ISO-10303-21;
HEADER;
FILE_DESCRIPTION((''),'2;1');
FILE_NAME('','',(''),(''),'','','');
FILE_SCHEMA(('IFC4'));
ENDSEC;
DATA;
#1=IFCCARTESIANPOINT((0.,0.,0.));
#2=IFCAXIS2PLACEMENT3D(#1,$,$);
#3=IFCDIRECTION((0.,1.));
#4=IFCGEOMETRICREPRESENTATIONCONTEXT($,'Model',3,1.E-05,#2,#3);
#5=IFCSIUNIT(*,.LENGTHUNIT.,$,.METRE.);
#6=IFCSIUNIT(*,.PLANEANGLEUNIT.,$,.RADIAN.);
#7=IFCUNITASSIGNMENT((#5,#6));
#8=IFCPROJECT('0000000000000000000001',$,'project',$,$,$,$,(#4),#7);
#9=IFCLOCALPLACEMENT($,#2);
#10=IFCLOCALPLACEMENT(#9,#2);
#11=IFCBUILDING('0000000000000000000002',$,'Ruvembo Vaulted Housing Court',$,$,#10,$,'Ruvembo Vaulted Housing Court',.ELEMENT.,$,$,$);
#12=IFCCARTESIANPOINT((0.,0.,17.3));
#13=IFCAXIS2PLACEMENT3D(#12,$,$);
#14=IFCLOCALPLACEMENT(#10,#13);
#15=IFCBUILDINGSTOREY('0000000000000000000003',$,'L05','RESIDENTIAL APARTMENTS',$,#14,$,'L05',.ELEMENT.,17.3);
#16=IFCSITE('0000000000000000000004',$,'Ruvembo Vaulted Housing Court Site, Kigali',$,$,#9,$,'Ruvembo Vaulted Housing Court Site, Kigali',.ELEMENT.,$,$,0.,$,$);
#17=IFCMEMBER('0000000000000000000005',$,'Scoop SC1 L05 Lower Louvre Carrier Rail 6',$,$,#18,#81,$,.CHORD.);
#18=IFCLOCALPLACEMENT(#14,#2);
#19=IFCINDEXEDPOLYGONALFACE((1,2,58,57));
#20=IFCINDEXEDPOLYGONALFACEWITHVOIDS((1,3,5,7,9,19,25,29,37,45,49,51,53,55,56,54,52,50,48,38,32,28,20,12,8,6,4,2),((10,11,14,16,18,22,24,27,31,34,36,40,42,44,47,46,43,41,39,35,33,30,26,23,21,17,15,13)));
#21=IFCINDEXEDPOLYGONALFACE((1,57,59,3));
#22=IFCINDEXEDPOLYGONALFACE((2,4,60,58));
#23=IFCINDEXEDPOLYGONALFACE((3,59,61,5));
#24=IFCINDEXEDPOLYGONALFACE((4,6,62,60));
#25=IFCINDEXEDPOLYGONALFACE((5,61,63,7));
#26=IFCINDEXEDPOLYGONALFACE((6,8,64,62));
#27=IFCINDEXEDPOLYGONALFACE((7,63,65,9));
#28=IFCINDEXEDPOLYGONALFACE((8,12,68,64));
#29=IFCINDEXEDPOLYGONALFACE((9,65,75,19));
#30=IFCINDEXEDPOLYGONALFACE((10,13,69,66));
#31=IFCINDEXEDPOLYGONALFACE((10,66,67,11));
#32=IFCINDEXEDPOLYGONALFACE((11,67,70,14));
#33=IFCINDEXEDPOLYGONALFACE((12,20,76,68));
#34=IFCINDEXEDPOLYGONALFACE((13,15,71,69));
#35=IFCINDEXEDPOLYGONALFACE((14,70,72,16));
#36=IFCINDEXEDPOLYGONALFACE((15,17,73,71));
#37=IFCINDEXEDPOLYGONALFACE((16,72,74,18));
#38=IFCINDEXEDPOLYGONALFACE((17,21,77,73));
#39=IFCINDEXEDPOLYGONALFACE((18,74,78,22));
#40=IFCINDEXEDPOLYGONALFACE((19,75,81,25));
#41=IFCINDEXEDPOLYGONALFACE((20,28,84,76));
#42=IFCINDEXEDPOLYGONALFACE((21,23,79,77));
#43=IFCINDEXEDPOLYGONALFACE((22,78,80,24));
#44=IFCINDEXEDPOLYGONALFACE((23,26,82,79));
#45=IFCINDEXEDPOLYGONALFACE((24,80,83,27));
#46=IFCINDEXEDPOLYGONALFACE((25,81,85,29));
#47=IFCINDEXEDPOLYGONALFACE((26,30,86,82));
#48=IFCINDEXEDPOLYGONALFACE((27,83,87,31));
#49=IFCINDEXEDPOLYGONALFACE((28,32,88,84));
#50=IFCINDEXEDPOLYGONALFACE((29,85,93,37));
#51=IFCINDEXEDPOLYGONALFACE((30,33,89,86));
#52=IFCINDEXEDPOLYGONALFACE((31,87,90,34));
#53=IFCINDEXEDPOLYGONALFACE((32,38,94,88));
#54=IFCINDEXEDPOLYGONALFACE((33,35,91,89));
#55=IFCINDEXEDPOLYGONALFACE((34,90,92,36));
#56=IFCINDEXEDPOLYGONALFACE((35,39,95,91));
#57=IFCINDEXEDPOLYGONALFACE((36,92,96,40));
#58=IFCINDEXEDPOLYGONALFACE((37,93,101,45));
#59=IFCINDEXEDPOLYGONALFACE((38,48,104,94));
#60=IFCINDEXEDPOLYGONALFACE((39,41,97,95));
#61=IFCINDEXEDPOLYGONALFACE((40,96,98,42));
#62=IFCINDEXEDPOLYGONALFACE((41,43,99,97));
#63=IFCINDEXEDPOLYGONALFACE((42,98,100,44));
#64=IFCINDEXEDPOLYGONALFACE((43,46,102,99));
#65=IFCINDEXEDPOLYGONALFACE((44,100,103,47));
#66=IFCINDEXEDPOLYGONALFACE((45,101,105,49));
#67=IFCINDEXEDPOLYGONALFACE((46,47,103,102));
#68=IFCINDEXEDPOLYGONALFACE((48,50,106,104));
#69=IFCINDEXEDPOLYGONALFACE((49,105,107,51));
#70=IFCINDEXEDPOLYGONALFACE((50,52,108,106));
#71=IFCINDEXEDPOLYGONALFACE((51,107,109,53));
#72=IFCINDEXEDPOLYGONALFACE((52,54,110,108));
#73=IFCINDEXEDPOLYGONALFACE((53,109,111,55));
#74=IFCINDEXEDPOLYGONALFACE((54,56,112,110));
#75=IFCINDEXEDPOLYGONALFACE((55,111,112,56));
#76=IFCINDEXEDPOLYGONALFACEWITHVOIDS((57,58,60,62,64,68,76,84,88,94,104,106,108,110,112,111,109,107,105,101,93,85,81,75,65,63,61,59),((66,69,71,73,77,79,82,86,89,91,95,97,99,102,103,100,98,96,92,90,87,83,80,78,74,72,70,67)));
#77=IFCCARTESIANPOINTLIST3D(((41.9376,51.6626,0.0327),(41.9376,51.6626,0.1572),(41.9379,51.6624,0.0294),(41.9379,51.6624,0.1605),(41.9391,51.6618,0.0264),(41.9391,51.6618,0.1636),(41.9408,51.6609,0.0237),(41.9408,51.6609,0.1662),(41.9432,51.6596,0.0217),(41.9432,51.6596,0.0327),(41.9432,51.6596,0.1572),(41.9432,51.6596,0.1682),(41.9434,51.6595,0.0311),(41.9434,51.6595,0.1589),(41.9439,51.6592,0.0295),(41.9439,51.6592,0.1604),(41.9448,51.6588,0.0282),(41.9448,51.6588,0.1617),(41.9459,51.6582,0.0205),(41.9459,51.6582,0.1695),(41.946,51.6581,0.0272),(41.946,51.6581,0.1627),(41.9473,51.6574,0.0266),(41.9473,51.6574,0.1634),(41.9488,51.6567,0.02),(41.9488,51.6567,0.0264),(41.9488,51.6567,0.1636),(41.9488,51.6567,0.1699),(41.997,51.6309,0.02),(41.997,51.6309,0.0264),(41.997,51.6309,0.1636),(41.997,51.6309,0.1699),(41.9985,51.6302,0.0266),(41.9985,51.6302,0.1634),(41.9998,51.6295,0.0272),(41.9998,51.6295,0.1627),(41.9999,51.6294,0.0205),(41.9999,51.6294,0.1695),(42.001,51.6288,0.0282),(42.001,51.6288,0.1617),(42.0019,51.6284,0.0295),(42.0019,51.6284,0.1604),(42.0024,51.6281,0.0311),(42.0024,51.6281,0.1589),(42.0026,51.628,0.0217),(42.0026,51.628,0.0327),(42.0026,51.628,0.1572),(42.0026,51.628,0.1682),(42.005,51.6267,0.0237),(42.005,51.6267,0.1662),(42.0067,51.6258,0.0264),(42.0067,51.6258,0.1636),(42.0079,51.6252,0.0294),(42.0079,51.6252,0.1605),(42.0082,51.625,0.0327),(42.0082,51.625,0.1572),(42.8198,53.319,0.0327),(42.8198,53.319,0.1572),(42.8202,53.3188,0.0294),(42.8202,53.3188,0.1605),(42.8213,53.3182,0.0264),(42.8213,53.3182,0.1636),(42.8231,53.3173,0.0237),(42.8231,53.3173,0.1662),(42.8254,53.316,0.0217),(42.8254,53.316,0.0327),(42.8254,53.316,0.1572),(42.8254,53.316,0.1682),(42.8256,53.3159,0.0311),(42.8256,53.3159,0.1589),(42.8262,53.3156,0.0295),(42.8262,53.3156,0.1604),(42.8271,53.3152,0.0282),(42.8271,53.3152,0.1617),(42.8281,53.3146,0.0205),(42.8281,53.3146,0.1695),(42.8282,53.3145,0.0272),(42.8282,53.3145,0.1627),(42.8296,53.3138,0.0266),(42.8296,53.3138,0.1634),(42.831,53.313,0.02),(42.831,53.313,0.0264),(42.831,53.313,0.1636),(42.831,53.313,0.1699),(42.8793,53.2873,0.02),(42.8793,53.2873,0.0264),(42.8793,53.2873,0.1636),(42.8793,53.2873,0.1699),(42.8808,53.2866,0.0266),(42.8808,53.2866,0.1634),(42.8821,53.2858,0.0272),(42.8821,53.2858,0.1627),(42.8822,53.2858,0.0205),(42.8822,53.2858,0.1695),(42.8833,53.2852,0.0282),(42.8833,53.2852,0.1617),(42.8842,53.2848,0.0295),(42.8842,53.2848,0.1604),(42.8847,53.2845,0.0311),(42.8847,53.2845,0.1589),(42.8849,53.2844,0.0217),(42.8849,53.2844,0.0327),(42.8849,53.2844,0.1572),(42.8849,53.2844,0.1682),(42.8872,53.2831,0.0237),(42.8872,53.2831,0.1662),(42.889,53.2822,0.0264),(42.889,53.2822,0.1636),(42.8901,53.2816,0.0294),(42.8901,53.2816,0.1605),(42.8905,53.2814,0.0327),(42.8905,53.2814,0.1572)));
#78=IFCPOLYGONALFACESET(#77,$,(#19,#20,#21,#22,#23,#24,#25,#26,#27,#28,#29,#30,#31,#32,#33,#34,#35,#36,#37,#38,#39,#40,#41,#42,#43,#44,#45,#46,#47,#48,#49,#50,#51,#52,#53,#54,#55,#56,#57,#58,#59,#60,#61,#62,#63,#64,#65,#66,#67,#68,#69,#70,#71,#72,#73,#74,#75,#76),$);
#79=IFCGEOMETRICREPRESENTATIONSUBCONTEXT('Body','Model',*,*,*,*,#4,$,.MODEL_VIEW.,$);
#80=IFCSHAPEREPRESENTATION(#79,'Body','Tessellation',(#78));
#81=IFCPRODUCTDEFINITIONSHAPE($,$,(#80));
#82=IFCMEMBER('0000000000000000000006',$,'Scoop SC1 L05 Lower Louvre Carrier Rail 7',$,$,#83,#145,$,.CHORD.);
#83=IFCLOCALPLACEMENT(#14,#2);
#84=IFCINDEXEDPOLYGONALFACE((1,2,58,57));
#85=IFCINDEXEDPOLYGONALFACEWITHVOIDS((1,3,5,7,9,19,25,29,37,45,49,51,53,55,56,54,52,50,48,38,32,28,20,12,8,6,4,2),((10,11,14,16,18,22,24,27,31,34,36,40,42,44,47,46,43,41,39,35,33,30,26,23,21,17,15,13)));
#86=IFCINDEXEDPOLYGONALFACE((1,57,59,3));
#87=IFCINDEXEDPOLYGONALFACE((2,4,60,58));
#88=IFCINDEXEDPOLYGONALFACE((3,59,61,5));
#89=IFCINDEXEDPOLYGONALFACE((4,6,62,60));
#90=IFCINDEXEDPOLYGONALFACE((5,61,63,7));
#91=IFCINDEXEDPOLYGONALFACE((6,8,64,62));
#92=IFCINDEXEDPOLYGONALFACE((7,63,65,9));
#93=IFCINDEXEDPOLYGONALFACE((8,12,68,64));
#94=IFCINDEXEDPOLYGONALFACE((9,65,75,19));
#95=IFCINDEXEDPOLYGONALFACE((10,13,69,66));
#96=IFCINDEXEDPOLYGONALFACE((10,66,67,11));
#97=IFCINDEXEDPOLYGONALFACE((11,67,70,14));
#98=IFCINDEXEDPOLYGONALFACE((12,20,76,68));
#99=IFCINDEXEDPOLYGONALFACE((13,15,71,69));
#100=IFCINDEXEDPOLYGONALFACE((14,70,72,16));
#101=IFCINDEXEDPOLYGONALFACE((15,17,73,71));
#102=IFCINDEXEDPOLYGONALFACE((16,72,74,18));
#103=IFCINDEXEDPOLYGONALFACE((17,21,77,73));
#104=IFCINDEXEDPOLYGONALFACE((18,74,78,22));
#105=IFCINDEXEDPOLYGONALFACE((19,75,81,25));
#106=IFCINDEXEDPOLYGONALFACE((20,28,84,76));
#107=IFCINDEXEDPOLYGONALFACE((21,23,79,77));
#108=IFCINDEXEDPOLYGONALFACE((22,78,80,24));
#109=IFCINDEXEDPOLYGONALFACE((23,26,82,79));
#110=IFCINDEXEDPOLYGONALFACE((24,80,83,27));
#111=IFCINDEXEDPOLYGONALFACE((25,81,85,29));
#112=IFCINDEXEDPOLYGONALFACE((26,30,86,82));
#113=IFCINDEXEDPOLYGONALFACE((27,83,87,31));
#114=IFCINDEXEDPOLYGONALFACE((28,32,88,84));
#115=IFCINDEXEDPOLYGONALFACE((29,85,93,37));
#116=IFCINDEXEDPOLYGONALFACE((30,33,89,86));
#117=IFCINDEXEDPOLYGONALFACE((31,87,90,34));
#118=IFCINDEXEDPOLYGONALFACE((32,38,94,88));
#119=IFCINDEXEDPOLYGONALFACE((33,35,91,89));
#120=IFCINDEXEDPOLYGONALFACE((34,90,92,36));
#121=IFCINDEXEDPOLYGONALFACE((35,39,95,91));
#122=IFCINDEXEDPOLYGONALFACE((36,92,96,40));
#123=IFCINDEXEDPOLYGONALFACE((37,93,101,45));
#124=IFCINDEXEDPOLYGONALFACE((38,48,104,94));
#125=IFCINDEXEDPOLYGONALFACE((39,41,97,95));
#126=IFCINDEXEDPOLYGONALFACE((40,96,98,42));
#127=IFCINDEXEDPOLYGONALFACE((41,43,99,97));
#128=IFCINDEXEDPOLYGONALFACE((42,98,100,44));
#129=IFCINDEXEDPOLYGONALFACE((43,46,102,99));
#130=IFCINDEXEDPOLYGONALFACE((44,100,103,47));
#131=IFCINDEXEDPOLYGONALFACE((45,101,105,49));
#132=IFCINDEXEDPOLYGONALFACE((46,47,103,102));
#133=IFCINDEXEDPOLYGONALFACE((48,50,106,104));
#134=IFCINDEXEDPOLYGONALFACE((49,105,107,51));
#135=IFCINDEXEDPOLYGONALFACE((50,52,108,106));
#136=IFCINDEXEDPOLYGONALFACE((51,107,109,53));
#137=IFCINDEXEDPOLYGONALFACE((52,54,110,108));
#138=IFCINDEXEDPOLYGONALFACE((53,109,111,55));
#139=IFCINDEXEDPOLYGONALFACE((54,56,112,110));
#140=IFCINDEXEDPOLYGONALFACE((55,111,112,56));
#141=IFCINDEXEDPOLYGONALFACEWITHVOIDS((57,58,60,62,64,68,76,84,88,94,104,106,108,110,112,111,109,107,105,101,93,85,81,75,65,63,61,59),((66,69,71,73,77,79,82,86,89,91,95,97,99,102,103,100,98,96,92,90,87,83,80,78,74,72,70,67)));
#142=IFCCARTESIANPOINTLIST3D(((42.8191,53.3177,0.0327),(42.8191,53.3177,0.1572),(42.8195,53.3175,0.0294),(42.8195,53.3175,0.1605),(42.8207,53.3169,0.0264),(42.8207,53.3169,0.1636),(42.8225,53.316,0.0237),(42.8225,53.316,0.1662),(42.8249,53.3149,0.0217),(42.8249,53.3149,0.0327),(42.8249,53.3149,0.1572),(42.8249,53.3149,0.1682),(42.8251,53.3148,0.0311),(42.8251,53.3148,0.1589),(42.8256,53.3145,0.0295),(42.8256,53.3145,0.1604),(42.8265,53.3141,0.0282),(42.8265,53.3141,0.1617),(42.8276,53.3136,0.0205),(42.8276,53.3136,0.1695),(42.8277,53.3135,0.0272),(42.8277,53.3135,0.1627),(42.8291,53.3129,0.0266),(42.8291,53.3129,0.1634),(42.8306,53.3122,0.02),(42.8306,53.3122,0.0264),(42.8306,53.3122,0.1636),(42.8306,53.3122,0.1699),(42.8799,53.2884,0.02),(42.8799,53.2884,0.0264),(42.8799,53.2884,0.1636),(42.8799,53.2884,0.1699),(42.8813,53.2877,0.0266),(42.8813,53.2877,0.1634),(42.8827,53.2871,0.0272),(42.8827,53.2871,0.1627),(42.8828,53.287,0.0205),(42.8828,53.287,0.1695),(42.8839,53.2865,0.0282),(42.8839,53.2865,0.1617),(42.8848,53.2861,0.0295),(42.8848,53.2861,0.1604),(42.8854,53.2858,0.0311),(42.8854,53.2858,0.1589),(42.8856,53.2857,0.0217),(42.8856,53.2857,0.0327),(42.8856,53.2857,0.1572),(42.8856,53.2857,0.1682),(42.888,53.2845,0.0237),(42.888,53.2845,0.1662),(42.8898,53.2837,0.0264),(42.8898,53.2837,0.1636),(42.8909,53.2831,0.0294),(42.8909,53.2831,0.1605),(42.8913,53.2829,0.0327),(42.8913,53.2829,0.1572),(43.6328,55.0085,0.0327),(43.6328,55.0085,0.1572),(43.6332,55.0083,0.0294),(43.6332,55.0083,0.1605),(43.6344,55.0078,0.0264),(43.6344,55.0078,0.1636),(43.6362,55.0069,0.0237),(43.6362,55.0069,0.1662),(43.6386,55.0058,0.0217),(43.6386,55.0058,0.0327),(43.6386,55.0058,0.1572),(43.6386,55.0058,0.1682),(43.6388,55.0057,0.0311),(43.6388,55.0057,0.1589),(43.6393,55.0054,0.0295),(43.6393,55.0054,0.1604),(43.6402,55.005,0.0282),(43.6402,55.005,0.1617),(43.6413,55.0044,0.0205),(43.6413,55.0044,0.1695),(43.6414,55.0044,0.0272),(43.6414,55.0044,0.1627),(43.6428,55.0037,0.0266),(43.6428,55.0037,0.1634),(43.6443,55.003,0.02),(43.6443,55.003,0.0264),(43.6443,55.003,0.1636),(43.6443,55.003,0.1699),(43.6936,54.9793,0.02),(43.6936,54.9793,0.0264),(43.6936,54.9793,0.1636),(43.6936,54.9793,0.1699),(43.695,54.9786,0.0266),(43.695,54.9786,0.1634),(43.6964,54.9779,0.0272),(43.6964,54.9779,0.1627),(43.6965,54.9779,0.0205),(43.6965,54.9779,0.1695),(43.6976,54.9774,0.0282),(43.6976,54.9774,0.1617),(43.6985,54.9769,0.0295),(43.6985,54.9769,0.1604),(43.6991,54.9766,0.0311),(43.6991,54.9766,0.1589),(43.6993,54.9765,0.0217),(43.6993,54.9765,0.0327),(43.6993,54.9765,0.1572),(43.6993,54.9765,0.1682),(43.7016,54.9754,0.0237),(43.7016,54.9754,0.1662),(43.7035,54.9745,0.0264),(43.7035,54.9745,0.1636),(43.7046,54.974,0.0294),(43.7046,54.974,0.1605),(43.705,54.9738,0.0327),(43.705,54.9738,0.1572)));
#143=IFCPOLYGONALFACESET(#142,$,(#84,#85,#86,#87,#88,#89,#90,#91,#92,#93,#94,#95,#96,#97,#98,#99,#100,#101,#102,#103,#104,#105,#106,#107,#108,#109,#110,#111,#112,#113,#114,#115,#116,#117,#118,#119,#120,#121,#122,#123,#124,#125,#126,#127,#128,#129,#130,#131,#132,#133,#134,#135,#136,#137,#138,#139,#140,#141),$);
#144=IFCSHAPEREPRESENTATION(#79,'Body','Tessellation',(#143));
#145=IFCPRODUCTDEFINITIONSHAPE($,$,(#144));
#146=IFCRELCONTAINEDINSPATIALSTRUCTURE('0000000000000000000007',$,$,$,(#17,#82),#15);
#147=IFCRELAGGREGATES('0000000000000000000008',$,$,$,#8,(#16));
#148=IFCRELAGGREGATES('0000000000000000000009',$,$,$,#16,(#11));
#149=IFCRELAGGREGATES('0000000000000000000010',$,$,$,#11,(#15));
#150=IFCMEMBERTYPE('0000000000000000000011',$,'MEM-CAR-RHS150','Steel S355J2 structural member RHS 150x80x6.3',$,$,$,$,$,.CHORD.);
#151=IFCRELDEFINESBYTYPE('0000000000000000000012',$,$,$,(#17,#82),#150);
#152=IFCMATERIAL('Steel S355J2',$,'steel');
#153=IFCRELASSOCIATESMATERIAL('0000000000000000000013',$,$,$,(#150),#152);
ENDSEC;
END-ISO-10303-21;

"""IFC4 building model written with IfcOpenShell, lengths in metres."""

from ifc_helpers import new_model, si_unit, direction, frame, origin, origin_2d, place, context, subcontext, project, spatial, hollow_rectangle, extrude, material, material_profile, profile_set, type_object, element, save


model = new_model("IFC4")

# Units and contexts
model_context = context("Model", 3, precision=1e-05, world=origin(), true_north=direction((0.0, 1.0)))
body_context = subcontext(model_context, "Body", "Model", "MODEL_VIEW")
ifc_project = project(units=[si_unit("LENGTHUNIT", "METRE"), si_unit("PLANEANGLEUNIT", "RADIAN")], contexts=[model_context])

# Site, building, storey
site_placement = place(None, origin())
site = spatial("IfcSite", under=ifc_project, at=site_placement, Name="Ruvembo Vaulted Housing Court Site, Kigali", LongName="Ruvembo Vaulted Housing Court Site, Kigali", CompositionType="ELEMENT", RefElevation=0.0)
building_placement = place(site_placement, origin())
building = spatial("IfcBuilding", under=site, at=building_placement, Name="Ruvembo Vaulted Housing Court", LongName="Ruvembo Vaulted Housing Court", CompositionType="ELEMENT")
storey_placement = place(building_placement, frame((0.0, 0.0, 17.3)))
storey = spatial("IfcBuildingStorey", under=building, at=storey_placement, Name="L05", Description="RESIDENTIAL APARTMENTS", LongName="L05", CompositionType="ELEMENT", Elevation=17.3)

# Shared definitions
ifc_material_1 = material(Name="Steel S355J2", Category="steel")

# Members
ifc_material_profile_1 = material_profile(ifc_material_1, hollow_rectangle(XDim=0.0801, YDim=0.1499, WallThickness=0.0063, InnerFilletRadius=0.0063, OuterFilletRadius=0.0127, at=origin_2d()), Name="RHS 150x80x6.3")
ifc_profile_set_1 = profile_set([ifc_material_profile_1], Name="Steel S355J2")
member_type_1 = type_object("IfcMemberType", Name="MEM-CAR-RHS150", Description="Steel S355J2 structural member RHS 150x80x6.3", PredefinedType="CHORD", material=ifc_profile_set_1)
member_1_placement = place(storey_placement, frame((41.9729, 51.6438, 0.095), z_axis=(0.470116, 0.882605, 0.0), x_axis=(-0.882605, 0.470116, 0.0)))
element("IfcMember", 1, at=member_1_placement, inside=storey, type_object=member_type_1, Name="Scoop SC1 L05 Lower Louvre Carrier Rail 6", PredefinedType="CHORD", context=body_context, shape_type="SweptSolid", body=[
    extrude(hollow_rectangle(XDim=0.0801, YDim=0.1499, WallThickness=0.0063, InnerFilletRadius=0.0063, OuterFilletRadius=0.0127, at=origin_2d()), origin(), (0.0, 0.0, 1.0), 1.8767),
])
for number, where, z_axis, x_axis, name in (
    (2, (42.8552, 53.3003, 0.095), (0.433632, 0.90109, 0.0), (-0.90109, 0.433632, 0.0), "Scoop SC1 L05 Lower Louvre Carrier Rail 7"),
):
    element("IfcMember", number, at=place(storey_placement, frame(where, z_axis=z_axis, x_axis=x_axis)), inside=storey, type_object=member_type_1, Name=name, PredefinedType="CHORD", context=body_context, shape_type="SweptSolid", body=[
        extrude(hollow_rectangle(XDim=0.0801, YDim=0.1499, WallThickness=0.0063, InnerFilletRadius=0.0063, OuterFilletRadius=0.0127, at=origin_2d()), origin(), (0.0, 0.0, 1.0), 1.8765),
    ])

save(model, "model.ifc")
